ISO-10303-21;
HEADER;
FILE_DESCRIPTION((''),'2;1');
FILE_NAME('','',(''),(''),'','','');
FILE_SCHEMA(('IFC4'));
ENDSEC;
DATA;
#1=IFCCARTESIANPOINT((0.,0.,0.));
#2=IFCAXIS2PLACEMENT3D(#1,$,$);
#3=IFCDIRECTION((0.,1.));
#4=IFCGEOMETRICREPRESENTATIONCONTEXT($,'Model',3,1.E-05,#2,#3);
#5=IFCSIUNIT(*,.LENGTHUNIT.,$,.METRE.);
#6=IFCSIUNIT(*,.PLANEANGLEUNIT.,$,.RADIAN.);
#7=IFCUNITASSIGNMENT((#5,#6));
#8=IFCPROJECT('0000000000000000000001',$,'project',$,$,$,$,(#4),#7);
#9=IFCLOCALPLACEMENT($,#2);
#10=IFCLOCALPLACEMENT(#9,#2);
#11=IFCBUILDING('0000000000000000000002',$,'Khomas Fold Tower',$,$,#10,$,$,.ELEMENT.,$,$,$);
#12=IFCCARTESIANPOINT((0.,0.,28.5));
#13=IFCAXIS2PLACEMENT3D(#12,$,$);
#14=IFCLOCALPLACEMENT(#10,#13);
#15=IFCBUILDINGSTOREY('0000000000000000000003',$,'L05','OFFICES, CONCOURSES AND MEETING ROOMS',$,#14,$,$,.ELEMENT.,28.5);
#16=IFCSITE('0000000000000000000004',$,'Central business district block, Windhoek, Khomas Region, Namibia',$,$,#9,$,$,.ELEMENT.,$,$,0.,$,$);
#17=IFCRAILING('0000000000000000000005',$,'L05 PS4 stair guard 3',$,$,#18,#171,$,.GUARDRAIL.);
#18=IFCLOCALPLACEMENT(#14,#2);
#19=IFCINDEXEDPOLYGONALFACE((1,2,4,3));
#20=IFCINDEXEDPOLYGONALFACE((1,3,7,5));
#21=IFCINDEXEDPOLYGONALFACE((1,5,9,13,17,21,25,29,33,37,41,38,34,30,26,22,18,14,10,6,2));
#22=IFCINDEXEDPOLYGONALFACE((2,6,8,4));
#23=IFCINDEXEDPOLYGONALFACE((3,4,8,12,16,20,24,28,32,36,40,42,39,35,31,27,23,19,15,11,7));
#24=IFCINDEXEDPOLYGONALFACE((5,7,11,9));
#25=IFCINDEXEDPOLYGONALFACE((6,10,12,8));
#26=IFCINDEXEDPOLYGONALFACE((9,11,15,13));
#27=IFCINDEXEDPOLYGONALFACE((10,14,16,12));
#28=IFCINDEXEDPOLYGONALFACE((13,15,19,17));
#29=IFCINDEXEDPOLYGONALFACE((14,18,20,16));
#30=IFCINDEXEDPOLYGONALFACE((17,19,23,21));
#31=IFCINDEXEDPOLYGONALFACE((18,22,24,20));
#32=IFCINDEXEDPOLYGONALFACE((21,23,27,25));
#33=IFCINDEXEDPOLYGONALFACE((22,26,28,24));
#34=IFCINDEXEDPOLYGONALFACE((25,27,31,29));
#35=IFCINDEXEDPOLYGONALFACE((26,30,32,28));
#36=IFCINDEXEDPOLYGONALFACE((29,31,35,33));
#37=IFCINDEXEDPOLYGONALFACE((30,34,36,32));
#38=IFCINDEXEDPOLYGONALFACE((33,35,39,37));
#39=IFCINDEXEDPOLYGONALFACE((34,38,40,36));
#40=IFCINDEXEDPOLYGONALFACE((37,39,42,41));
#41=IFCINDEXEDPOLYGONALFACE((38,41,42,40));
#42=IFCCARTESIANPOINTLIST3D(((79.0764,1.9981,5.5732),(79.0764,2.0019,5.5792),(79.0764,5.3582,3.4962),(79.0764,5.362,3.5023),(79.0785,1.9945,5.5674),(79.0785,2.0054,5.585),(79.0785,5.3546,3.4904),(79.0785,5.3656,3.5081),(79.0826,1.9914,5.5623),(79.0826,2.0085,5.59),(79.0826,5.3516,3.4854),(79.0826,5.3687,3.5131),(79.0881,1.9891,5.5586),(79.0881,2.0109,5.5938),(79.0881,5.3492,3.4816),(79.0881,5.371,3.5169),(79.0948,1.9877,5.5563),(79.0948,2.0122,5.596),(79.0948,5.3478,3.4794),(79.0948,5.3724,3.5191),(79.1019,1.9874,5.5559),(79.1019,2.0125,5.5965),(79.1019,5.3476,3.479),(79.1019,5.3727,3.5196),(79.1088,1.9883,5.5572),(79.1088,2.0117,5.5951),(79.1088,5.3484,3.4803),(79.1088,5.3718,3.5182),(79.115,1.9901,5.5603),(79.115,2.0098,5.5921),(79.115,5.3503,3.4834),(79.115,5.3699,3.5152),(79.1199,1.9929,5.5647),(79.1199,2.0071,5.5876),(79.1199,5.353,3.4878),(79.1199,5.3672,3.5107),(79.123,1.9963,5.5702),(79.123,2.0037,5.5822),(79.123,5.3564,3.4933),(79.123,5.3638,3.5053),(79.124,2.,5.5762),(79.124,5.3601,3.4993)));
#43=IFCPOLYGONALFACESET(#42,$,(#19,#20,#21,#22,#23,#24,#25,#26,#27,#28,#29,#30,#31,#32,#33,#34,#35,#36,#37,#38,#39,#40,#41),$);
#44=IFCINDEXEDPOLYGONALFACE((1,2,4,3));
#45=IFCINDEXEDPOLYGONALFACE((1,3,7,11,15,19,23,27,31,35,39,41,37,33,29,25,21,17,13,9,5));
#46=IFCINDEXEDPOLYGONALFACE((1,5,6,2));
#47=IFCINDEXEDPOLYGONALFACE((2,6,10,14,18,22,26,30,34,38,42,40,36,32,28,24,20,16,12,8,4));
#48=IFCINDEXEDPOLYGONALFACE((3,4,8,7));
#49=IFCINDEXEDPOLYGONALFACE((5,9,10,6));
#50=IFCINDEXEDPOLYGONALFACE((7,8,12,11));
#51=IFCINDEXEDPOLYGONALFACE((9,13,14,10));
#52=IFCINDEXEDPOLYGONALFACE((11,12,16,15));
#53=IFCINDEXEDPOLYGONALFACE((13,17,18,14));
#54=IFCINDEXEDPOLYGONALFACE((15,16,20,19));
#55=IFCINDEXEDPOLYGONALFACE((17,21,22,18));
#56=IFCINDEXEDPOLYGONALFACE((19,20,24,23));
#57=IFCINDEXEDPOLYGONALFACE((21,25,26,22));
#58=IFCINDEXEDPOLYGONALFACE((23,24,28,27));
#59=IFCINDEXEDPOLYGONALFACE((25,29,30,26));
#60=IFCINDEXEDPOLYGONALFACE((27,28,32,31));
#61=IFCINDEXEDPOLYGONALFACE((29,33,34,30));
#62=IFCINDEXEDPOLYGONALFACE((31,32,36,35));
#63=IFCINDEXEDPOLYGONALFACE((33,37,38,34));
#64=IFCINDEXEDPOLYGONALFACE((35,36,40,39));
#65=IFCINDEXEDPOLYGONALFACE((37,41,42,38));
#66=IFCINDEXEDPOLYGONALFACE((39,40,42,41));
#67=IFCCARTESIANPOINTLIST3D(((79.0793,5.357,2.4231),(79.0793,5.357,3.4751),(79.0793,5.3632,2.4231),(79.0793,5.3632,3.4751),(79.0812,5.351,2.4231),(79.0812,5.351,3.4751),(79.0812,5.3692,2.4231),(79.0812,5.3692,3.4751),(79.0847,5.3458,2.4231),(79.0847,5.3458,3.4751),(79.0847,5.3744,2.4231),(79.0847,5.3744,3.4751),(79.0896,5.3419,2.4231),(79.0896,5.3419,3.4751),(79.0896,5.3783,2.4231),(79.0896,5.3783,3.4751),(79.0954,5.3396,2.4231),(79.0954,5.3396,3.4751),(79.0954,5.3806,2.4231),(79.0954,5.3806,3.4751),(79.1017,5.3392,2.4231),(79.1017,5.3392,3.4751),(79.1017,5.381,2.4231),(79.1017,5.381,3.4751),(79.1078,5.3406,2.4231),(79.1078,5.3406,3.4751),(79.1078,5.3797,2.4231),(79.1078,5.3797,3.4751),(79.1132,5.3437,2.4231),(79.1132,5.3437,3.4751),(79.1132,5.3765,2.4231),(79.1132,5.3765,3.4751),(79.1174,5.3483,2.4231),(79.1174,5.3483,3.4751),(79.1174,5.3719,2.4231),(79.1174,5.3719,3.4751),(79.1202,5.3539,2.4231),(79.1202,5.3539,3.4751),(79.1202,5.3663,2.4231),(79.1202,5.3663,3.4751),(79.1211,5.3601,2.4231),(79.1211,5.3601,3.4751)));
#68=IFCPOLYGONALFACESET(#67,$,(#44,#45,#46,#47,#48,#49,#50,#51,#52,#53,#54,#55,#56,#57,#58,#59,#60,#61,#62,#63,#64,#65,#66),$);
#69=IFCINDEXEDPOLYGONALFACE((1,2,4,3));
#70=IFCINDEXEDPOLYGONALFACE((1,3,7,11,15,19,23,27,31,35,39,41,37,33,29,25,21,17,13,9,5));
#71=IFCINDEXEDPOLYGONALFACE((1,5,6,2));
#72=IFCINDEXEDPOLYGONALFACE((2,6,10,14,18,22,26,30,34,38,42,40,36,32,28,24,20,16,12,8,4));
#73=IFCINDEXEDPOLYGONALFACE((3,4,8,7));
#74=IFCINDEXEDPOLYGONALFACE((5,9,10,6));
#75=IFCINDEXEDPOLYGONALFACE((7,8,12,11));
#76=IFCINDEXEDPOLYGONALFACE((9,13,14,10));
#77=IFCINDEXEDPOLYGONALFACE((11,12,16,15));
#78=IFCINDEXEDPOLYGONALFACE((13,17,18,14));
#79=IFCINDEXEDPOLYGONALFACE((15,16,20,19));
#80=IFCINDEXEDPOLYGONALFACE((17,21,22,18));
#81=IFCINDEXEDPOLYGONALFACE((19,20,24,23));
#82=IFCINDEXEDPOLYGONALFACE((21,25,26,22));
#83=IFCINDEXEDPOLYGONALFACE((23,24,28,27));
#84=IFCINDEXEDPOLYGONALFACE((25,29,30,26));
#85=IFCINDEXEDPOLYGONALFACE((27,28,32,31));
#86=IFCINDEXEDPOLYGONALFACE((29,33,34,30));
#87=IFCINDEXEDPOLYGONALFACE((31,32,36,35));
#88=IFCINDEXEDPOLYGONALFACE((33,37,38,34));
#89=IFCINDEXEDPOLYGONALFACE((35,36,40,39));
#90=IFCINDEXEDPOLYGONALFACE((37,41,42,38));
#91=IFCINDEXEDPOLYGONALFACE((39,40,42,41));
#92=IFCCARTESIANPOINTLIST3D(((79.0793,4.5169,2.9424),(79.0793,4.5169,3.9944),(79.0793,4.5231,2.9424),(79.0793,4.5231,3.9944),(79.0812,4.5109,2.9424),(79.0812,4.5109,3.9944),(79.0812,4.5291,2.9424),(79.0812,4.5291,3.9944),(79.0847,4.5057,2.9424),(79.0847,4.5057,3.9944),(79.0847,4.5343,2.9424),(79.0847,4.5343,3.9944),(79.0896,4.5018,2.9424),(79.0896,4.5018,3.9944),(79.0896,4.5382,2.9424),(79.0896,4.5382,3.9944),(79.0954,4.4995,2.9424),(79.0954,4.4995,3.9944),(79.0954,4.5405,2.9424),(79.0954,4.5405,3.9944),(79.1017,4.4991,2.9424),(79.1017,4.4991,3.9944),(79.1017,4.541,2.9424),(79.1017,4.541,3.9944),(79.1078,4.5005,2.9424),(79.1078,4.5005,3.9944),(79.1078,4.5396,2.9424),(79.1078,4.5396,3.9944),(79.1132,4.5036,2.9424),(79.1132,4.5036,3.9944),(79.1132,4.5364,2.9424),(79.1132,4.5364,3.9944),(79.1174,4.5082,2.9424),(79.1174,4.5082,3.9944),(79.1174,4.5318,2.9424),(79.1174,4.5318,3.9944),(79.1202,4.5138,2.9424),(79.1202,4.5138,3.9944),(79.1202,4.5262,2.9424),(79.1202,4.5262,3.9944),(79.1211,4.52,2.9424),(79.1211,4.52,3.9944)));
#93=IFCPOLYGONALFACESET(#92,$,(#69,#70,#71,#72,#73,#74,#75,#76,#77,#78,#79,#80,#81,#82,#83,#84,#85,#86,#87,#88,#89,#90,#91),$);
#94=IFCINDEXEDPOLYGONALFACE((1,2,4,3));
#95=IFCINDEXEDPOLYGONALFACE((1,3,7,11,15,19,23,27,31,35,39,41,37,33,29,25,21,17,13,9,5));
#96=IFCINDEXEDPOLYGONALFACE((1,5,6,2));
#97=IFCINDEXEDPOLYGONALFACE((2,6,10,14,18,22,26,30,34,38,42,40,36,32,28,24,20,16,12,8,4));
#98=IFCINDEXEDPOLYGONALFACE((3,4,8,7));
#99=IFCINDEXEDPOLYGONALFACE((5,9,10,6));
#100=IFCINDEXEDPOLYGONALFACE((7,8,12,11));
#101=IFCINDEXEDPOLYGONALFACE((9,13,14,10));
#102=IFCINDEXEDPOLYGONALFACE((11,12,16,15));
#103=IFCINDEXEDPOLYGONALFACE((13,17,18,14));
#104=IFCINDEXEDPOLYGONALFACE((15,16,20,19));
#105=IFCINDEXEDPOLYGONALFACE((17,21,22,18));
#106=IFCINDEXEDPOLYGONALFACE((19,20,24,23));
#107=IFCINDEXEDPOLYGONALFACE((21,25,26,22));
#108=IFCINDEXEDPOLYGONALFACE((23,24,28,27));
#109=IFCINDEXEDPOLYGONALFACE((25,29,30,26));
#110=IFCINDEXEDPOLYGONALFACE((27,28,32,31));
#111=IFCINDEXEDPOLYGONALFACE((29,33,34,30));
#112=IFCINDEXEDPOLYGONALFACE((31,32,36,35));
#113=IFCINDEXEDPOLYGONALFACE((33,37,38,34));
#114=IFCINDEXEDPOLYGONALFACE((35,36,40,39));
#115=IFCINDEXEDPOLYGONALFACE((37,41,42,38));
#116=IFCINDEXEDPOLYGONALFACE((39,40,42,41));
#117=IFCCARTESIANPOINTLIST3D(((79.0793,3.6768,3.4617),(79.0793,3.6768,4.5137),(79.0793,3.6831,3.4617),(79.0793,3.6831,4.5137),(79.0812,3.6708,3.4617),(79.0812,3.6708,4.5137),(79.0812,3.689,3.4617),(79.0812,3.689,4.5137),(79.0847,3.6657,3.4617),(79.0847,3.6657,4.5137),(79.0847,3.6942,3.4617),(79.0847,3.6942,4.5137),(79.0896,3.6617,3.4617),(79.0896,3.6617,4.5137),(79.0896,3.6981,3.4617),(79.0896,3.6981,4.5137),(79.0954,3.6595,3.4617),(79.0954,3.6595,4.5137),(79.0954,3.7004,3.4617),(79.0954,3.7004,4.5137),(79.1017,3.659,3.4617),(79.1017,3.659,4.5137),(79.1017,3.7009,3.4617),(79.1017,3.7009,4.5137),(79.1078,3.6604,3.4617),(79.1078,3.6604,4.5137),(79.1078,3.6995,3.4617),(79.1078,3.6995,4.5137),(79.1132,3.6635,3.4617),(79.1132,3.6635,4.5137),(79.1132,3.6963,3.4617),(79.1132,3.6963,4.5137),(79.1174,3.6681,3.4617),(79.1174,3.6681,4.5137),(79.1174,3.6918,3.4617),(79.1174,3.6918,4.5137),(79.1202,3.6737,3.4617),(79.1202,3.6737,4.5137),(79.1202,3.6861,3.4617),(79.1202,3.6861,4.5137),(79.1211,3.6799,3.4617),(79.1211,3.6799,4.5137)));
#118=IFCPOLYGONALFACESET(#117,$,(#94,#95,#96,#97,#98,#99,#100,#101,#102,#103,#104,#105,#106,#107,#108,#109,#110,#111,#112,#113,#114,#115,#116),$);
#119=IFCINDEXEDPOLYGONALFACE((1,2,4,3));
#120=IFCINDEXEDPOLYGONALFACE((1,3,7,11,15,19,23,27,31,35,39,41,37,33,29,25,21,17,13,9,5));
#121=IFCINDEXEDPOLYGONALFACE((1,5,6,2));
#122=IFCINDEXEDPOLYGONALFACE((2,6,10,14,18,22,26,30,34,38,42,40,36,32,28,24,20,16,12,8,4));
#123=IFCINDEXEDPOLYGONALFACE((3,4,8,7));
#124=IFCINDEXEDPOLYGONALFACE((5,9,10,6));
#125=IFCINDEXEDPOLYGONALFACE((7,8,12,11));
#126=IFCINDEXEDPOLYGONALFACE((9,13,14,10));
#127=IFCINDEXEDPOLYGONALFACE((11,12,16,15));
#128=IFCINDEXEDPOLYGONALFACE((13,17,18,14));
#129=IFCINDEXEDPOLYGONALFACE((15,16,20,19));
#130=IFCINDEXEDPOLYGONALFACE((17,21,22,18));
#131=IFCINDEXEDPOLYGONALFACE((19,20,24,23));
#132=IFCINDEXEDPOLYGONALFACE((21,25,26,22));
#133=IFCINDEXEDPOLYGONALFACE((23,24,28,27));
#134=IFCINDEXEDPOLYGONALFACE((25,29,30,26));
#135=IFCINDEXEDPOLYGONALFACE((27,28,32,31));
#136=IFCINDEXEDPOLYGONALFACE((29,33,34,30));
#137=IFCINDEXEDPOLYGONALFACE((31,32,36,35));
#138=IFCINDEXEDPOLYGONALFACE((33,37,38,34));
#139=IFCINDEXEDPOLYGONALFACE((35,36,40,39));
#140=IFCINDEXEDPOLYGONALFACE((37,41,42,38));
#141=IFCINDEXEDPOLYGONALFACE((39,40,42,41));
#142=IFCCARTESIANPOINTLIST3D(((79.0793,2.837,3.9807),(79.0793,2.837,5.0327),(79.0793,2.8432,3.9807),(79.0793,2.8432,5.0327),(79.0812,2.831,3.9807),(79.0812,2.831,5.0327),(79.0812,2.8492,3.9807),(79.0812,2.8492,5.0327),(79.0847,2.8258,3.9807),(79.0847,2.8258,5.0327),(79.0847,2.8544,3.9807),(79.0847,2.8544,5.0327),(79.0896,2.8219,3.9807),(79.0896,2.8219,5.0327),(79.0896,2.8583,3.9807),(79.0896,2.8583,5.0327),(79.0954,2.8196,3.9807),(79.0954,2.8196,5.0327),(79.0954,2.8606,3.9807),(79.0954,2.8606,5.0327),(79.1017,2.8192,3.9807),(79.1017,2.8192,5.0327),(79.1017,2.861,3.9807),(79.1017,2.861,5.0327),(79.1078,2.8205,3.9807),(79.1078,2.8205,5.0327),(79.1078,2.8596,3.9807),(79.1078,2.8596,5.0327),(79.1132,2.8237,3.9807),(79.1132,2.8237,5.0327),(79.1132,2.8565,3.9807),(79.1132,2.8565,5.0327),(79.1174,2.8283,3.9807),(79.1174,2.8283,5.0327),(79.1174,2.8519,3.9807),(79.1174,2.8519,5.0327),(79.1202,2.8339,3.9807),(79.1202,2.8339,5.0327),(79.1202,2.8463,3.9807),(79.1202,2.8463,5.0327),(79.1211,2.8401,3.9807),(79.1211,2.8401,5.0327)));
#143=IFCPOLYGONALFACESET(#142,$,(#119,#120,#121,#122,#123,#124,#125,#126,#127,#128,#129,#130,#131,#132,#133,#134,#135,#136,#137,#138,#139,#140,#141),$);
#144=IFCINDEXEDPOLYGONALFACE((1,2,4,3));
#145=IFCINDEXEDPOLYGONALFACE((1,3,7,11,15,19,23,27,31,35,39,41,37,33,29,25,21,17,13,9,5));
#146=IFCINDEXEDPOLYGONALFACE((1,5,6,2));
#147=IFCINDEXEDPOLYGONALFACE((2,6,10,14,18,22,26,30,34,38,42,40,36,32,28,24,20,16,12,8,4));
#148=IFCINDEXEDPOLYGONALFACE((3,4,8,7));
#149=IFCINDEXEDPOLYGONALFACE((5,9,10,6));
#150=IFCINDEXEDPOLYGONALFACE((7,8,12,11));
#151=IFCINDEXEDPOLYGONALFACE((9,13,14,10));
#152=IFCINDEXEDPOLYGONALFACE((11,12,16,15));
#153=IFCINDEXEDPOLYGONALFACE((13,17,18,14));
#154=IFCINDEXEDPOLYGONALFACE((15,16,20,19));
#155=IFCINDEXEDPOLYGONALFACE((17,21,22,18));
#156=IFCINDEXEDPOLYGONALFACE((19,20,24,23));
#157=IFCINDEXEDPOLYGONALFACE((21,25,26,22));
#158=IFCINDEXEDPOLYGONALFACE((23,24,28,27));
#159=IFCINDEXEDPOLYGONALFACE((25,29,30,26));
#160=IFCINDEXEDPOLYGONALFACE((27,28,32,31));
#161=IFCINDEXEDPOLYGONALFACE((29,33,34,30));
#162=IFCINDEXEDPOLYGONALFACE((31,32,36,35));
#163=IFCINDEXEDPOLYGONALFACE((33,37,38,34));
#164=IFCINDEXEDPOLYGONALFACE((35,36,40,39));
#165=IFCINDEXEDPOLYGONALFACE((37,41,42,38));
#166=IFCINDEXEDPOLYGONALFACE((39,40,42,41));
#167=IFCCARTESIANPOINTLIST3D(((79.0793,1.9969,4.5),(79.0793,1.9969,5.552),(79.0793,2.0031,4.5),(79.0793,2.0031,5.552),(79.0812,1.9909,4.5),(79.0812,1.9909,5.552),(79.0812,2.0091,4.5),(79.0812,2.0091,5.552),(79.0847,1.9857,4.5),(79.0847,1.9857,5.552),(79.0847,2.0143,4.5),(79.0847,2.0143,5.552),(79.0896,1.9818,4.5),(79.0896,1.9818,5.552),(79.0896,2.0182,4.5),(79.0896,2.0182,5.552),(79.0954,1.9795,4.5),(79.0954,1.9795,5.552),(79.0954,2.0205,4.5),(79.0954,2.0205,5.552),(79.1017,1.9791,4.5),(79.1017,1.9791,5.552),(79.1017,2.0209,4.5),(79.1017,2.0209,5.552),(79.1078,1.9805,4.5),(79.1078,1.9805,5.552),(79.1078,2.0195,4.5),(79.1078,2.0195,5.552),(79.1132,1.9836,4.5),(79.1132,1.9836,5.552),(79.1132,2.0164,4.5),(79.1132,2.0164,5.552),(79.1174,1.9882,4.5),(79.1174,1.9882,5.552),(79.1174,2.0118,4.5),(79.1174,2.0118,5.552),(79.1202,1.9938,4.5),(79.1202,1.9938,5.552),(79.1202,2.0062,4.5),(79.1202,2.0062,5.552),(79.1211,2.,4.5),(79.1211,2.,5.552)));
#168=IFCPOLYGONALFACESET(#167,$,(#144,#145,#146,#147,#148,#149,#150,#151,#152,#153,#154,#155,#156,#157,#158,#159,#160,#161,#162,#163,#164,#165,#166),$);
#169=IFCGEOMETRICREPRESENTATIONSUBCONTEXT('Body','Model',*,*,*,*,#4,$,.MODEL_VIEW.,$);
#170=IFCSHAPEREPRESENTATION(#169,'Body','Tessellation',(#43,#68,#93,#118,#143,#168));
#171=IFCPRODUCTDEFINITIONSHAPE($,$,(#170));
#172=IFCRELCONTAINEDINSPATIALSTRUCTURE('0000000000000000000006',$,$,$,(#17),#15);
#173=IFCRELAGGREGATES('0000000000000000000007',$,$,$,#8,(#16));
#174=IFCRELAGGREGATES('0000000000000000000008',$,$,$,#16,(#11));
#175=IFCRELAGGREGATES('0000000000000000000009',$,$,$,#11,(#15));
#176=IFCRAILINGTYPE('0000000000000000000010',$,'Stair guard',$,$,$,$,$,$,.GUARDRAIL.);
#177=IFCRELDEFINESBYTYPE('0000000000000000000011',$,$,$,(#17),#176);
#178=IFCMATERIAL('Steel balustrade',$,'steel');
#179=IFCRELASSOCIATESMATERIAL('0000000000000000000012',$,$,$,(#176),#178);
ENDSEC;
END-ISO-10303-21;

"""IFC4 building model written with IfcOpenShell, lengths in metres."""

from ifc_helpers import new_model, si_unit, direction, frame, origin, origin_2d, place, context, subcontext, project, spatial, circle, extrude, source, transform, mapped, material, type_object, element, save


model = new_model("IFC4")

# Units and contexts
model_context = context("Model", 3, precision=1e-05, world=origin(), true_north=direction((0.0, 1.0)))
body_context = subcontext(model_context, "Body", "Model", "MODEL_VIEW")
ifc_project = project(units=[si_unit("LENGTHUNIT", "METRE"), si_unit("PLANEANGLEUNIT", "RADIAN")], contexts=[model_context])

# Site, building, storey
site_placement = place(None, origin())
site = spatial("IfcSite", under=ifc_project, at=site_placement, Name="Central business district block, Windhoek, Khomas Region, Namibia", CompositionType="ELEMENT", RefElevation=0.0)
building_placement = place(site_placement, origin())
building = spatial("IfcBuilding", under=site, at=building_placement, Name="Khomas Fold Tower", CompositionType="ELEMENT")
storey_placement = place(building_placement, frame((0.0, 0.0, 28.5)))
storey = spatial("IfcBuildingStorey", under=building, at=storey_placement, Name="L05", Description="OFFICES, CONCOURSES AND MEETING ROOMS", CompositionType="ELEMENT", Elevation=28.5)

# Railing
ifc_material_1 = material(Name="Steel balustrade", Category="steel")
railing_type_1 = type_object("IfcRailingType", Name="Stair guard", PredefinedType="GUARDRAIL", material=ifc_material_1)
shared_shape_1 = source(origin(), body_context, "Body", "SweptSolid", [
    extrude(circle(Radius=0.0239, at=origin_2d()), frame((0.0, 0.0, 1.0762), z_axis=(0.0, -0.850623, 0.525776), x_axis=(1.0, 0.0, 0.0)), (0.0, 0.0, 1.0), 3.9502),
    extrude(circle(Radius=0.021, at=origin_2d()), origin(), (0.0, 0.0, 1.0), 1.052),
    extrude(circle(Radius=0.021, at=origin_2d()), frame((0.0, -0.8401, 0.5193)), (0.0, 0.0, 1.0), 1.052),
    extrude(circle(Radius=0.021, at=origin_2d()), frame((0.0, -1.6802, 1.0386)), (0.0, 0.0, 1.0), 1.052),
    extrude(circle(Radius=0.021, at=origin_2d()), frame((0.0, -2.52, 1.5576)), (0.0, 0.0, 1.0), 1.052),
    extrude(circle(Radius=0.021, at=origin_2d()), frame((0.0, -3.3601, 2.0769)), (0.0, 0.0, 1.0), 1.052),
])
railing_1_placement = place(storey_placement, frame((79.1001, 5.3601, 2.4231)))
element("IfcRailing", 1, at=railing_1_placement, inside=storey, type_object=railing_type_1, Name="L05 PS4 stair guard 3", PredefinedType="GUARDRAIL", context=body_context, shape_type="MappedRepresentation", body=[
    mapped(shared_shape_1, transform((0.0, 0.0, 0.0))),
])

save(model, "model.ifc")
